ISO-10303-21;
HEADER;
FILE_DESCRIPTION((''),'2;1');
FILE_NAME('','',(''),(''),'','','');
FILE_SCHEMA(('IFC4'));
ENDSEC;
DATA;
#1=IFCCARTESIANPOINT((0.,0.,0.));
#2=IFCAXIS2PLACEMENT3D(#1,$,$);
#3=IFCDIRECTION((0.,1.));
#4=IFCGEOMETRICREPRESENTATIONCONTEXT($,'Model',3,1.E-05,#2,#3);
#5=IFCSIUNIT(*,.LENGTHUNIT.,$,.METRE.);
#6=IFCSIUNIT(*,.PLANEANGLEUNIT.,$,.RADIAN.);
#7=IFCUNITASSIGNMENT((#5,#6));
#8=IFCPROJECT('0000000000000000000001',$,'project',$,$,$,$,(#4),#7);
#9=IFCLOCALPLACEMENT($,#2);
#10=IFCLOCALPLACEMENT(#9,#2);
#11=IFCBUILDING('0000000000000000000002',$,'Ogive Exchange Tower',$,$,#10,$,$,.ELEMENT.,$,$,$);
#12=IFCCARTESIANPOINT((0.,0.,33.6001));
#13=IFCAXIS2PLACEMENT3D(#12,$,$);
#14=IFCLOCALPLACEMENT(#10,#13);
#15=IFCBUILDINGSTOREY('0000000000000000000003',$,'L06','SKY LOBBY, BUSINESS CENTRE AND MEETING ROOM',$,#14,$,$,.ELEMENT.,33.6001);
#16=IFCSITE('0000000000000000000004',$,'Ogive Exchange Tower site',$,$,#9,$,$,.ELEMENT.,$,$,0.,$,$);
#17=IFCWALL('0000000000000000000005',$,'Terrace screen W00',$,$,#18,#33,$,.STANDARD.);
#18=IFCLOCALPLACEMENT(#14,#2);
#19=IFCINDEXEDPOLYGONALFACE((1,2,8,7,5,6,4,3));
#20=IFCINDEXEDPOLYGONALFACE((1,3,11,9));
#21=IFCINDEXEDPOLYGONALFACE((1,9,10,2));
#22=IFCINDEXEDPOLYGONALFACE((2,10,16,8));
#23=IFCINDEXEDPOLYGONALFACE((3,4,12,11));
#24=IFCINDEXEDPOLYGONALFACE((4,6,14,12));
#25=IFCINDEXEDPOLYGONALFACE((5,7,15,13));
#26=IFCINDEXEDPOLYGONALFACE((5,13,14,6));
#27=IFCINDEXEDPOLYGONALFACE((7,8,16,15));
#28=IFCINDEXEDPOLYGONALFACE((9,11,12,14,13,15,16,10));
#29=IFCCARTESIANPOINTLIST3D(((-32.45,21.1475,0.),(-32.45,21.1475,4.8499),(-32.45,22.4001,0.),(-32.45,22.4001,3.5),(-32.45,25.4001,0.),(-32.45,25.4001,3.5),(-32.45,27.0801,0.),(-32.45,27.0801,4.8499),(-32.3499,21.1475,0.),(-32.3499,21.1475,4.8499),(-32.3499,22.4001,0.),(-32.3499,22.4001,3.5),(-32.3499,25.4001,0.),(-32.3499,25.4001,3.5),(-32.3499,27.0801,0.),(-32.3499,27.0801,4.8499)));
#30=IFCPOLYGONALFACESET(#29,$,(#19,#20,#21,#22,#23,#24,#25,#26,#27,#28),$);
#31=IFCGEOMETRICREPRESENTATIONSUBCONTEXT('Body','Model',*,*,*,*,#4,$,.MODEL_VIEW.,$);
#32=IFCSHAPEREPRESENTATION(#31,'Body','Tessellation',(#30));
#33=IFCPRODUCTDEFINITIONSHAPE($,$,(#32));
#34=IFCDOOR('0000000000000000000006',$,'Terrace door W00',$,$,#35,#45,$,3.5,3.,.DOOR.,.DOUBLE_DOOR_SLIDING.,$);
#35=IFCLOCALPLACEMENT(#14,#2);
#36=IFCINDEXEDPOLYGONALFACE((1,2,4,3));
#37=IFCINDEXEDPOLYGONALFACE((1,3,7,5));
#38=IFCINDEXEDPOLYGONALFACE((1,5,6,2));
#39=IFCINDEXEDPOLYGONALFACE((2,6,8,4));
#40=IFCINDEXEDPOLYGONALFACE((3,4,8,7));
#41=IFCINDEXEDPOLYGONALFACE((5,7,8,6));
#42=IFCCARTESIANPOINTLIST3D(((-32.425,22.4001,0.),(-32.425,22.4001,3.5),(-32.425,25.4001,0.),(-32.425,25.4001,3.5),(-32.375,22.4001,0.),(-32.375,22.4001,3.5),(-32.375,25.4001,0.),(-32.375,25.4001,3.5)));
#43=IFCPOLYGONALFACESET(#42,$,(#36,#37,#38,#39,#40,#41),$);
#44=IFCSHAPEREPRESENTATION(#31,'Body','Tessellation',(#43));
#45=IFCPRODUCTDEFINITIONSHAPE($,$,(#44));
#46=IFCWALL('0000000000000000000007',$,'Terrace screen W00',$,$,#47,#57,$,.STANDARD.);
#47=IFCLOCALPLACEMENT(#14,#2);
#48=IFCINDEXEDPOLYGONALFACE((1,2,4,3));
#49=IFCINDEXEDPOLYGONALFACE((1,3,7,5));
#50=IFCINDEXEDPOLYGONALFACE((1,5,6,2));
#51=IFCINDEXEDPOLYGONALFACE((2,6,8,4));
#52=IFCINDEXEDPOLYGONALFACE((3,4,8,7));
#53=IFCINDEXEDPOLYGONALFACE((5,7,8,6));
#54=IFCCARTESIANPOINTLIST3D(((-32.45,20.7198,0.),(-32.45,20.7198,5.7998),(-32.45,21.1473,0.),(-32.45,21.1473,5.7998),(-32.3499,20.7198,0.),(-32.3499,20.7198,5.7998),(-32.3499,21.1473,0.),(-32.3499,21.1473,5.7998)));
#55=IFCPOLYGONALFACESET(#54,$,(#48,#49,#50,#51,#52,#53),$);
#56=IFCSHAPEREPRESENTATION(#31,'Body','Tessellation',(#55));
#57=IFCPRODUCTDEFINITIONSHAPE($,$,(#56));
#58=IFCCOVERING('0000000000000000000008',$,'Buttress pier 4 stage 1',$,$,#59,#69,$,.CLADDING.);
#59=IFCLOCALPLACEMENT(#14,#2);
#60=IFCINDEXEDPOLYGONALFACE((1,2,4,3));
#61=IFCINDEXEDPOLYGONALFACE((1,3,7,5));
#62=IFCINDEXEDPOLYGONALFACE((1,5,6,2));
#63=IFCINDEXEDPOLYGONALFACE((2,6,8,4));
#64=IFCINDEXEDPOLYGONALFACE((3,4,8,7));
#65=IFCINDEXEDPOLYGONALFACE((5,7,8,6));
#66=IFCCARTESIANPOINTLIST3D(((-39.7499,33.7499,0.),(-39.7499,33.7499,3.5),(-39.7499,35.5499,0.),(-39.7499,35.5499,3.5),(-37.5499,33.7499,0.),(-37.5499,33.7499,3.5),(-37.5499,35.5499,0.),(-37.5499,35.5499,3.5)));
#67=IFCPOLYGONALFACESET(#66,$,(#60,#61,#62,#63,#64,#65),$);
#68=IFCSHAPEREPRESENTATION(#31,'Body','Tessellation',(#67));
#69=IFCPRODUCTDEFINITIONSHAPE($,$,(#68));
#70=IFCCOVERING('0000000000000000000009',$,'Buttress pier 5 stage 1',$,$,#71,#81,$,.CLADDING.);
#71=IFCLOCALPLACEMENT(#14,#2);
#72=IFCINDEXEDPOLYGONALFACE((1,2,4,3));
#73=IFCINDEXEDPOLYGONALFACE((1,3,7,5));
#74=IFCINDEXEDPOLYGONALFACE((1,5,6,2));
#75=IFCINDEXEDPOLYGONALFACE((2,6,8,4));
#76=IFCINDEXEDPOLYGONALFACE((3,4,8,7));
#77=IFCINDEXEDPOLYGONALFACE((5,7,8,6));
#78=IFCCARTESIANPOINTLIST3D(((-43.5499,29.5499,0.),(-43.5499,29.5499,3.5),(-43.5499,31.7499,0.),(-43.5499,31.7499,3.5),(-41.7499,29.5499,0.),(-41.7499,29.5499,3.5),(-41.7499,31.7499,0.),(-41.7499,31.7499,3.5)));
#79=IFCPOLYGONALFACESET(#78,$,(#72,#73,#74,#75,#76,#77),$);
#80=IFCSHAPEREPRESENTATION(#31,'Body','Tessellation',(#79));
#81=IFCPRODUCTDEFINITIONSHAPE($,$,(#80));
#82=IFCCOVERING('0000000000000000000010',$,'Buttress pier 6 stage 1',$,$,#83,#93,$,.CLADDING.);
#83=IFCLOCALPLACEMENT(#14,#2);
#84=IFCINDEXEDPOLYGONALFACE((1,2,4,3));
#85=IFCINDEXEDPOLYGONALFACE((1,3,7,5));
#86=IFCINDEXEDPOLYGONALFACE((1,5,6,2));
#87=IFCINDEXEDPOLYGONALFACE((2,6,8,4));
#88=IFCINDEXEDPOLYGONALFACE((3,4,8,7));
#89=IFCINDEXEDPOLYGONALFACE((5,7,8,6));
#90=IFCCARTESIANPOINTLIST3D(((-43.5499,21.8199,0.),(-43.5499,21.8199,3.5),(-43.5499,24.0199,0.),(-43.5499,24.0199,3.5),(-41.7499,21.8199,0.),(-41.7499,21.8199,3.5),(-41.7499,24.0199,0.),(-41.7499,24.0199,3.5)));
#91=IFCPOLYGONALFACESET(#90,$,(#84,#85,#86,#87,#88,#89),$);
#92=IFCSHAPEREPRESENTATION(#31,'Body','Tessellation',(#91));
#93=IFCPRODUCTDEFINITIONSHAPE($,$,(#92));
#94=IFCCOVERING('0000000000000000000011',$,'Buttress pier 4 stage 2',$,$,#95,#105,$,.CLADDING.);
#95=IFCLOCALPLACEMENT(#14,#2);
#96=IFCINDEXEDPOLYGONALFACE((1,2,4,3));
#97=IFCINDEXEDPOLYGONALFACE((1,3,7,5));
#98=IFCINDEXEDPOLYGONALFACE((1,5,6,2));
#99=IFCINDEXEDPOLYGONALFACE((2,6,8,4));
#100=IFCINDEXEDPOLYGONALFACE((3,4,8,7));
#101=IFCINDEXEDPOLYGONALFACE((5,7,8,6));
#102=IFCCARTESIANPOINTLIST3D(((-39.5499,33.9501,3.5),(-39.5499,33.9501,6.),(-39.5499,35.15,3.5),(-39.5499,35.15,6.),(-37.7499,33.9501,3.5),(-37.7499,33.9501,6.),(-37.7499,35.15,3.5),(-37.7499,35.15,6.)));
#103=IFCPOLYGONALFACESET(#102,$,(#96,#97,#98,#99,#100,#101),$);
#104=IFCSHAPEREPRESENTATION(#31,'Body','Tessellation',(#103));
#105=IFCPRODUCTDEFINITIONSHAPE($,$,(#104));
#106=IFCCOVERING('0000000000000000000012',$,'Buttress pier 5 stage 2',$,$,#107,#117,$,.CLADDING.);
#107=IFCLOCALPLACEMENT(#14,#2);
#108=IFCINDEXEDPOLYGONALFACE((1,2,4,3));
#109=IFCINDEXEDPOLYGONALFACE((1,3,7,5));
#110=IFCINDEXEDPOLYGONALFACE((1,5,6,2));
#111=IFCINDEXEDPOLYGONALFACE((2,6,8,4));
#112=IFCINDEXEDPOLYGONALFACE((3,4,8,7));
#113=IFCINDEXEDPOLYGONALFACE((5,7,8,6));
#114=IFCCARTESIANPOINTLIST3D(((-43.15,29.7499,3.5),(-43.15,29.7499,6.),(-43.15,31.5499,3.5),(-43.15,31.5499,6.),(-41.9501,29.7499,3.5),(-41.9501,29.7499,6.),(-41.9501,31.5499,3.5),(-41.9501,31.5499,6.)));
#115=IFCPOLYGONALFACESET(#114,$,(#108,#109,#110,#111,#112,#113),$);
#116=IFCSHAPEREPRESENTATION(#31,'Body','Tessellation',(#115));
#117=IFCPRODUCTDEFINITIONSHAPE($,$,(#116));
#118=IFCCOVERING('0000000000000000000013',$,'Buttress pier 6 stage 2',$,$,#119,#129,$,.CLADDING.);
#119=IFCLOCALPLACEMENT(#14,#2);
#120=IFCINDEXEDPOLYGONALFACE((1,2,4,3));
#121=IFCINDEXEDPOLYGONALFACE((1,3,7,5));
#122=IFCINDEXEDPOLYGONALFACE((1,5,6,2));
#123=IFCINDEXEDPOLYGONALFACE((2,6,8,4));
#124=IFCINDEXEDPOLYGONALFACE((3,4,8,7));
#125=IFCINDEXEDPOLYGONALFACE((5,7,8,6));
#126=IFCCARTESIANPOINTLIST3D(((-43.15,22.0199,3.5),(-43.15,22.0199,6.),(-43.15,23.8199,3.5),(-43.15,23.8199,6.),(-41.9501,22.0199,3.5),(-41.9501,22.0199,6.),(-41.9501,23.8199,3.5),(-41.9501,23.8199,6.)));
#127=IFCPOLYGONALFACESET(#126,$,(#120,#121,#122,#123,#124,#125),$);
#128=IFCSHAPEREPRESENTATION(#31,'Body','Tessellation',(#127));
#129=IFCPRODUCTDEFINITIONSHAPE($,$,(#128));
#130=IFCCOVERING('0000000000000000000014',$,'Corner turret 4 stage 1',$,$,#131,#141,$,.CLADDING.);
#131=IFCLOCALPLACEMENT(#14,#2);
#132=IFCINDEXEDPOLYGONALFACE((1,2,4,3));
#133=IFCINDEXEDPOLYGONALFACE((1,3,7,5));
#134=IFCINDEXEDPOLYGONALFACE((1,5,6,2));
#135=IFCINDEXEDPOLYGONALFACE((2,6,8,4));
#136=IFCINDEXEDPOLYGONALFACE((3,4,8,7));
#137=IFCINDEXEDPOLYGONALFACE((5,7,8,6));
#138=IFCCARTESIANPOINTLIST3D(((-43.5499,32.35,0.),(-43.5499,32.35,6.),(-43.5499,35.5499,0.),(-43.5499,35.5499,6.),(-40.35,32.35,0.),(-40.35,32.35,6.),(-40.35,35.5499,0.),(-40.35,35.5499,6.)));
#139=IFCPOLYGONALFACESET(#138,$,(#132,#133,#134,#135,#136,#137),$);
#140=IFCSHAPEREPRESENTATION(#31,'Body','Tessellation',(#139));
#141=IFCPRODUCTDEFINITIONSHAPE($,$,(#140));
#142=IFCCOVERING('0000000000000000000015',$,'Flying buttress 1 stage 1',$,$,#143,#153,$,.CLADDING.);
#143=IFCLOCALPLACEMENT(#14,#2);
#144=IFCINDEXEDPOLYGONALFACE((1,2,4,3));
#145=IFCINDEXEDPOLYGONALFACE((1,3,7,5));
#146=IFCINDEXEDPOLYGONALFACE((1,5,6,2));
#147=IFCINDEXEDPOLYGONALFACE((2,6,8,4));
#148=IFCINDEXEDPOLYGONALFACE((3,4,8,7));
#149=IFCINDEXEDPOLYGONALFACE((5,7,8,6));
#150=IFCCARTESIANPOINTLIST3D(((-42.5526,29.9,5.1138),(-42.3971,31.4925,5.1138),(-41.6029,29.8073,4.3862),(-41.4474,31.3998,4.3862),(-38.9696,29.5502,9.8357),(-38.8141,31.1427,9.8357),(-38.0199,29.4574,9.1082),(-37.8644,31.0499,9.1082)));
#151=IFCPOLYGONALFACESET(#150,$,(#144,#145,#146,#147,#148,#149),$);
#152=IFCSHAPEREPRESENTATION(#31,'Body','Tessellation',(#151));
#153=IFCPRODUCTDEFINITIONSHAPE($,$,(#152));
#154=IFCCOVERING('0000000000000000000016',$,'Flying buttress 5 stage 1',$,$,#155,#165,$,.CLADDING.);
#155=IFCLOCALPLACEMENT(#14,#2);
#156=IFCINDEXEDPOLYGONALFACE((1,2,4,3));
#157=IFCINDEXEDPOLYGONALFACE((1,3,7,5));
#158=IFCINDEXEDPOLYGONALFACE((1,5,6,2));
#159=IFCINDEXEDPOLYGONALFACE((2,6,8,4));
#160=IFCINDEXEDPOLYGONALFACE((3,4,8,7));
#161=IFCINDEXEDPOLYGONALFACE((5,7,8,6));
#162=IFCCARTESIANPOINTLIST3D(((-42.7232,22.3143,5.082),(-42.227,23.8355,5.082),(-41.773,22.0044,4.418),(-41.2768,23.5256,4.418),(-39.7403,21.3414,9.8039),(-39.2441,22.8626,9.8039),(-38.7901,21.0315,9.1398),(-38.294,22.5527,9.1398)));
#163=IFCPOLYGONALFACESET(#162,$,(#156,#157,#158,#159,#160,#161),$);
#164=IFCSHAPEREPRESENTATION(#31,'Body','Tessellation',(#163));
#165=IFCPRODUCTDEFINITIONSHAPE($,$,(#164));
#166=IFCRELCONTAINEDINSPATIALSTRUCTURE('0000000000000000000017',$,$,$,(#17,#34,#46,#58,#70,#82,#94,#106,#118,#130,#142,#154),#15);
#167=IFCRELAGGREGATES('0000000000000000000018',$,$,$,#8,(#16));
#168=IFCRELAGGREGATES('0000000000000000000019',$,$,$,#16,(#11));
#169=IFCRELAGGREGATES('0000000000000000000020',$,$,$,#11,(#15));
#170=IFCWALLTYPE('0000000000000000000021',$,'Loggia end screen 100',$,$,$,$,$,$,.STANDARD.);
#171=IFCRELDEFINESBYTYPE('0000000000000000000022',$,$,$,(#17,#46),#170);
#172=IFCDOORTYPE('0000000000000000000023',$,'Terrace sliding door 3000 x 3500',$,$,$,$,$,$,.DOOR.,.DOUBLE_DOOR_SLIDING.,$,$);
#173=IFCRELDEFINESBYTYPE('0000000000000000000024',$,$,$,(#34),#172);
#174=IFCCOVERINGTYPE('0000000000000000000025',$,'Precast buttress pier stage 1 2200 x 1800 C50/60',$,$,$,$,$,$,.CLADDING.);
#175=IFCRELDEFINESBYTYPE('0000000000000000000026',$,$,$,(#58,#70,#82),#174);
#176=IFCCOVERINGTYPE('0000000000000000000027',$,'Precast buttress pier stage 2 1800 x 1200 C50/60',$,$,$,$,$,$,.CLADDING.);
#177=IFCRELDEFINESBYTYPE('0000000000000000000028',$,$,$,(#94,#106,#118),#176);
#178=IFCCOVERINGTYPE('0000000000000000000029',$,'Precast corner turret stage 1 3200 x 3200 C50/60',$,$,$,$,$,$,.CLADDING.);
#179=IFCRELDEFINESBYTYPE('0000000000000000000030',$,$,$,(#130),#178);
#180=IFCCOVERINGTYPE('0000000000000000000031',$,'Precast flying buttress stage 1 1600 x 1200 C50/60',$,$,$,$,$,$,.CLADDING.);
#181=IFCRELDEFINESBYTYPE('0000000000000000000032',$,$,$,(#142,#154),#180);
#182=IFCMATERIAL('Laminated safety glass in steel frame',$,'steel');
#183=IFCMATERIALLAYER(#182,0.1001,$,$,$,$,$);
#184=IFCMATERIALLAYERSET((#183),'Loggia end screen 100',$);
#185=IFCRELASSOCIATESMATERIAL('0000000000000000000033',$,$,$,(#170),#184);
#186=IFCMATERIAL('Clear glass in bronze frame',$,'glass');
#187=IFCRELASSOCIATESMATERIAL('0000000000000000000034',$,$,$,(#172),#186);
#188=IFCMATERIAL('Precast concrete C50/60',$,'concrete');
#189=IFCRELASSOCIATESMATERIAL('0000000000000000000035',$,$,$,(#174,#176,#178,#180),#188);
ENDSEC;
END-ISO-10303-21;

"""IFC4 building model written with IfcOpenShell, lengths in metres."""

from ifc_helpers import new_model, si_unit, direction, frame, frame_2d, origin, origin_2d, place, context, subcontext, project, spatial, rectangle, extrude, material, layer, layer_set, material_profile, profile_set, type_object, element, fill, save


model = new_model("IFC4")

# Units and contexts
model_context = context("Model", 3, precision=1e-05, world=origin(), true_north=direction((0.0, 1.0)))
body_context = subcontext(model_context, "Body", "Model", "MODEL_VIEW")
ifc_project = project(units=[si_unit("LENGTHUNIT", "METRE"), si_unit("PLANEANGLEUNIT", "RADIAN")], contexts=[model_context])

# Site, building, storey
site_placement = place(None, origin())
site = spatial("IfcSite", under=ifc_project, at=site_placement, Name="Ogive Exchange Tower site", CompositionType="ELEMENT", RefElevation=0.0)
building_placement = place(site_placement, origin())
building = spatial("IfcBuilding", under=site, at=building_placement, Name="Ogive Exchange Tower", CompositionType="ELEMENT")
storey_placement = place(building_placement, frame((0.0, 0.0, 33.6001)))
storey = spatial("IfcBuildingStorey", under=building, at=storey_placement, Name="L06", Description="SKY LOBBY, BUSINESS CENTRE AND MEETING ROOM", CompositionType="ELEMENT", Elevation=33.6001)

# Wall, opening, door
ifc_material_1 = material(Name="Laminated safety glass in steel frame", Category="steel")
ifc_layer_1 = layer(ifc_material_1, 0.1001)
ifc_layer_set_1 = layer_set([ifc_layer_1], Name="Loggia end screen 100")
wall_type = type_object("IfcWallType", Name="Loggia end screen 100", PredefinedType="STANDARD", material=ifc_layer_set_1)
wall_1_placement = place(storey_placement, frame((-32.3999, 27.0801, 0.0), z_axis=(0.0, 0.0, 1.0), x_axis=(0.0, -1.0, 0.0)))
wall_1 = element("IfcWall", 1, at=wall_1_placement, inside=storey, type_object=wall_type, Name="Terrace screen W00", PredefinedType="STANDARD", context=body_context, shape_type="SweptSolid", body=[
    extrude(rectangle(XDim=5.9326, YDim=0.1001, at=frame_2d((2.9663, 0.0))), origin(), (0.0, 0.0, 1.0), 4.8499),
])
opening_placement = place(wall_1_placement, frame((1.6799, 0.0, 0.0)))
opening = element("IfcOpeningElement", 2, at=opening_placement, cuts=wall_1, PredefinedType="OPENING", context=body_context, shape_type="SweptSolid", body=[
    extrude(rectangle(XDim=3.0, YDim=3.5, at=frame_2d((1.5, 1.75))), frame((0.0, 0.0601, 0.0), z_axis=(0.0, -1.0, 0.0), x_axis=(1.0, 0.0, 0.0)), (0.0, 0.0, 1.0), 0.1201),
])
ifc_material_2 = material(Name="Clear glass in bronze frame", Category="glass")
door_type = type_object("IfcDoorType", Name="Terrace sliding door 3000 x 3500", OperationType="DOUBLE_DOOR_SLIDING", PredefinedType="DOOR", material=ifc_material_2)
door_placement = place(opening_placement, origin())
door = element("IfcDoor", 3, at=door_placement, inside=storey, type_object=door_type, Name="Terrace door W00", OperationType="DOUBLE_DOOR_SLIDING", OverallHeight=3.5, OverallWidth=3.0, PredefinedType="DOOR", context=body_context, shape_type="SweptSolid", body=[
    extrude(rectangle(XDim=3.0, YDim=3.5, at=frame_2d((1.5, 1.75))), frame((0.0, 0.0249, 0.0), z_axis=(0.0, -1.0, 0.0), x_axis=(1.0, 0.0, 0.0)), (0.0, 0.0, 1.0), 0.05),
])
fill(opening, door)

# Wall
wall_2_placement = place(storey_placement, frame((-32.3999, 21.1475, 0.0), z_axis=(0.0, 0.0, 1.0), x_axis=(0.0, -1.0, 0.0)))
element("IfcWall", 4, at=wall_2_placement, inside=storey, type_object=wall_type, Name="Terrace screen W00", PredefinedType="STANDARD", context=body_context, shape_type="SweptSolid", body=[
    extrude(rectangle(XDim=0.4275, YDim=0.1001, at=frame_2d((0.2139, 0.0))), origin(), (0.0, 0.0, 1.0), 5.7998),
])

# Coverings
ifc_material_3 = material(Name="Precast concrete C50/60", Category="concrete")
ifc_material_profile_1 = material_profile(ifc_material_3, rectangle(XDim=2.2, YDim=1.8, at=origin_2d()), Name="BUTTRESS PIER 1 2200 x 1800")
ifc_profile_set_1 = profile_set([ifc_material_profile_1], Name="Precast concrete C50/60")
covering_type_1 = type_object("IfcCoveringType", Name="Precast buttress pier stage 1 2200 x 1800 C50/60", PredefinedType="CLADDING", material=ifc_profile_set_1)
for number, where, z_axis, x_axis, name in (
    (5, (-38.6499, 34.6499, 0.0), (0.0, 0.0, 1.0), (1.0, 0.0, 0.0), "Buttress pier 4 stage 1"),
    (6, (-42.6499, 30.6499, 0.0), (0.0, 0.0, 1.0), (0.0, 1.0, 0.0), "Buttress pier 5 stage 1"),
    (7, (-42.6499, 22.9199, 0.0), (0.0, 0.0, 1.0), (0.0, 1.0, 0.0), "Buttress pier 6 stage 1"),
):
    element("IfcCovering", number, at=place(storey_placement, frame(where, z_axis=z_axis, x_axis=x_axis)), inside=storey, type_object=covering_type_1, Name=name, PredefinedType="CLADDING", context=body_context, shape_type="SweptSolid", body=[
        extrude(rectangle(XDim=2.2, YDim=1.8, at=origin_2d()), origin(), (0.0, 0.0, 1.0), 3.5),
    ])
ifc_material_profile_2 = material_profile(ifc_material_3, rectangle(XDim=1.8, YDim=1.2, at=origin_2d()), Name="BUTTRESS PIER 2 1800 x 1200")
ifc_profile_set_2 = profile_set([ifc_material_profile_2], Name="Precast concrete C50/60")
covering_type_2 = type_object("IfcCoveringType", Name="Precast buttress pier stage 2 1800 x 1200 C50/60", PredefinedType="CLADDING", material=ifc_profile_set_2)
for number, where, z_axis, x_axis, name in (
    (8, (-38.6499, 34.55, 3.5), (0.0, 0.0, 1.0), (1.0, 0.0, 0.0), "Buttress pier 4 stage 2"),
    (9, (-42.55, 30.6499, 3.5), (0.0, 0.0, 1.0), (0.0, 1.0, 0.0), "Buttress pier 5 stage 2"),
    (10, (-42.55, 22.9199, 3.5), (0.0, 0.0, 1.0), (0.0, 1.0, 0.0), "Buttress pier 6 stage 2"),
):
    element("IfcCovering", number, at=place(storey_placement, frame(where, z_axis=z_axis, x_axis=x_axis)), inside=storey, type_object=covering_type_2, Name=name, PredefinedType="CLADDING", context=body_context, shape_type="SweptSolid", body=[
        extrude(rectangle(XDim=1.8, YDim=1.2, at=origin_2d()), origin(), (0.0, 0.0, 1.0), 2.5),
    ])
ifc_material_profile_3 = material_profile(ifc_material_3, rectangle(XDim=3.2, YDim=3.2, at=origin_2d()), Name="CORNER TURRET 1 3200 x 3200")
ifc_profile_set_3 = profile_set([ifc_material_profile_3], Name="Precast concrete C50/60")
covering_type_3 = type_object("IfcCoveringType", Name="Precast corner turret stage 1 3200 x 3200 C50/60", PredefinedType="CLADDING", material=ifc_profile_set_3)
covering_1_placement = place(storey_placement, frame((-41.95, 33.95, 0.0), z_axis=(0.0, 0.0, 1.0), x_axis=(1.0, 0.0, 0.0)))
element("IfcCovering", 11, at=covering_1_placement, inside=storey, type_object=covering_type_3, Name="Corner turret 4 stage 1", PredefinedType="CLADDING", context=body_context, shape_type="SweptSolid", body=[
    extrude(rectangle(XDim=3.2, YDim=3.2, at=origin_2d()), origin(), (0.0, 0.0, 1.0), 6.0),
])
ifc_material_profile_4 = material_profile(ifc_material_3, rectangle(XDim=1.6001, YDim=1.2, at=origin_2d()), Name="FLYING BUTTRESS 1 1600 x 1200")
ifc_profile_set_4 = profile_set([ifc_material_profile_4], Name="Precast concrete C50/60")
covering_type_4 = type_object("IfcCoveringType", Name="Precast flying buttress stage 1 1600 x 1200 C50/60", PredefinedType="CLADDING", material=ifc_profile_set_4)
covering_2_placement = place(storey_placement, frame((-42.0, 30.6499, 4.75), z_axis=(0.603428, -0.05892, 0.795238), x_axis=(0.09718, 0.995267, 0.0)))
element("IfcCovering", 12, at=covering_2_placement, inside=storey, type_object=covering_type_4, Name="Flying buttress 1 stage 1", PredefinedType="CLADDING", context=body_context, shape_type="SweptSolid", body=[
    extrude(rectangle(XDim=1.6001, YDim=1.2, at=origin_2d()), origin(), (0.0, 0.0, 1.0), 5.9377),
])
covering_3_placement = place(storey_placement, frame((-42.0, 22.9199, 4.75), z_axis=(0.526152, -0.171609, 0.832895), x_axis=(0.310082, 0.95071, 0.0)))
element("IfcCovering", 13, at=covering_3_placement, inside=storey, type_object=covering_type_4, Name="Flying buttress 5 stage 1", PredefinedType="CLADDING", context=body_context, shape_type="SweptSolid", body=[
    extrude(rectangle(XDim=1.6001, YDim=1.2, at=origin_2d()), origin(), (0.0, 0.0, 1.0), 5.6692),
])

save(model, "model.ifc")
